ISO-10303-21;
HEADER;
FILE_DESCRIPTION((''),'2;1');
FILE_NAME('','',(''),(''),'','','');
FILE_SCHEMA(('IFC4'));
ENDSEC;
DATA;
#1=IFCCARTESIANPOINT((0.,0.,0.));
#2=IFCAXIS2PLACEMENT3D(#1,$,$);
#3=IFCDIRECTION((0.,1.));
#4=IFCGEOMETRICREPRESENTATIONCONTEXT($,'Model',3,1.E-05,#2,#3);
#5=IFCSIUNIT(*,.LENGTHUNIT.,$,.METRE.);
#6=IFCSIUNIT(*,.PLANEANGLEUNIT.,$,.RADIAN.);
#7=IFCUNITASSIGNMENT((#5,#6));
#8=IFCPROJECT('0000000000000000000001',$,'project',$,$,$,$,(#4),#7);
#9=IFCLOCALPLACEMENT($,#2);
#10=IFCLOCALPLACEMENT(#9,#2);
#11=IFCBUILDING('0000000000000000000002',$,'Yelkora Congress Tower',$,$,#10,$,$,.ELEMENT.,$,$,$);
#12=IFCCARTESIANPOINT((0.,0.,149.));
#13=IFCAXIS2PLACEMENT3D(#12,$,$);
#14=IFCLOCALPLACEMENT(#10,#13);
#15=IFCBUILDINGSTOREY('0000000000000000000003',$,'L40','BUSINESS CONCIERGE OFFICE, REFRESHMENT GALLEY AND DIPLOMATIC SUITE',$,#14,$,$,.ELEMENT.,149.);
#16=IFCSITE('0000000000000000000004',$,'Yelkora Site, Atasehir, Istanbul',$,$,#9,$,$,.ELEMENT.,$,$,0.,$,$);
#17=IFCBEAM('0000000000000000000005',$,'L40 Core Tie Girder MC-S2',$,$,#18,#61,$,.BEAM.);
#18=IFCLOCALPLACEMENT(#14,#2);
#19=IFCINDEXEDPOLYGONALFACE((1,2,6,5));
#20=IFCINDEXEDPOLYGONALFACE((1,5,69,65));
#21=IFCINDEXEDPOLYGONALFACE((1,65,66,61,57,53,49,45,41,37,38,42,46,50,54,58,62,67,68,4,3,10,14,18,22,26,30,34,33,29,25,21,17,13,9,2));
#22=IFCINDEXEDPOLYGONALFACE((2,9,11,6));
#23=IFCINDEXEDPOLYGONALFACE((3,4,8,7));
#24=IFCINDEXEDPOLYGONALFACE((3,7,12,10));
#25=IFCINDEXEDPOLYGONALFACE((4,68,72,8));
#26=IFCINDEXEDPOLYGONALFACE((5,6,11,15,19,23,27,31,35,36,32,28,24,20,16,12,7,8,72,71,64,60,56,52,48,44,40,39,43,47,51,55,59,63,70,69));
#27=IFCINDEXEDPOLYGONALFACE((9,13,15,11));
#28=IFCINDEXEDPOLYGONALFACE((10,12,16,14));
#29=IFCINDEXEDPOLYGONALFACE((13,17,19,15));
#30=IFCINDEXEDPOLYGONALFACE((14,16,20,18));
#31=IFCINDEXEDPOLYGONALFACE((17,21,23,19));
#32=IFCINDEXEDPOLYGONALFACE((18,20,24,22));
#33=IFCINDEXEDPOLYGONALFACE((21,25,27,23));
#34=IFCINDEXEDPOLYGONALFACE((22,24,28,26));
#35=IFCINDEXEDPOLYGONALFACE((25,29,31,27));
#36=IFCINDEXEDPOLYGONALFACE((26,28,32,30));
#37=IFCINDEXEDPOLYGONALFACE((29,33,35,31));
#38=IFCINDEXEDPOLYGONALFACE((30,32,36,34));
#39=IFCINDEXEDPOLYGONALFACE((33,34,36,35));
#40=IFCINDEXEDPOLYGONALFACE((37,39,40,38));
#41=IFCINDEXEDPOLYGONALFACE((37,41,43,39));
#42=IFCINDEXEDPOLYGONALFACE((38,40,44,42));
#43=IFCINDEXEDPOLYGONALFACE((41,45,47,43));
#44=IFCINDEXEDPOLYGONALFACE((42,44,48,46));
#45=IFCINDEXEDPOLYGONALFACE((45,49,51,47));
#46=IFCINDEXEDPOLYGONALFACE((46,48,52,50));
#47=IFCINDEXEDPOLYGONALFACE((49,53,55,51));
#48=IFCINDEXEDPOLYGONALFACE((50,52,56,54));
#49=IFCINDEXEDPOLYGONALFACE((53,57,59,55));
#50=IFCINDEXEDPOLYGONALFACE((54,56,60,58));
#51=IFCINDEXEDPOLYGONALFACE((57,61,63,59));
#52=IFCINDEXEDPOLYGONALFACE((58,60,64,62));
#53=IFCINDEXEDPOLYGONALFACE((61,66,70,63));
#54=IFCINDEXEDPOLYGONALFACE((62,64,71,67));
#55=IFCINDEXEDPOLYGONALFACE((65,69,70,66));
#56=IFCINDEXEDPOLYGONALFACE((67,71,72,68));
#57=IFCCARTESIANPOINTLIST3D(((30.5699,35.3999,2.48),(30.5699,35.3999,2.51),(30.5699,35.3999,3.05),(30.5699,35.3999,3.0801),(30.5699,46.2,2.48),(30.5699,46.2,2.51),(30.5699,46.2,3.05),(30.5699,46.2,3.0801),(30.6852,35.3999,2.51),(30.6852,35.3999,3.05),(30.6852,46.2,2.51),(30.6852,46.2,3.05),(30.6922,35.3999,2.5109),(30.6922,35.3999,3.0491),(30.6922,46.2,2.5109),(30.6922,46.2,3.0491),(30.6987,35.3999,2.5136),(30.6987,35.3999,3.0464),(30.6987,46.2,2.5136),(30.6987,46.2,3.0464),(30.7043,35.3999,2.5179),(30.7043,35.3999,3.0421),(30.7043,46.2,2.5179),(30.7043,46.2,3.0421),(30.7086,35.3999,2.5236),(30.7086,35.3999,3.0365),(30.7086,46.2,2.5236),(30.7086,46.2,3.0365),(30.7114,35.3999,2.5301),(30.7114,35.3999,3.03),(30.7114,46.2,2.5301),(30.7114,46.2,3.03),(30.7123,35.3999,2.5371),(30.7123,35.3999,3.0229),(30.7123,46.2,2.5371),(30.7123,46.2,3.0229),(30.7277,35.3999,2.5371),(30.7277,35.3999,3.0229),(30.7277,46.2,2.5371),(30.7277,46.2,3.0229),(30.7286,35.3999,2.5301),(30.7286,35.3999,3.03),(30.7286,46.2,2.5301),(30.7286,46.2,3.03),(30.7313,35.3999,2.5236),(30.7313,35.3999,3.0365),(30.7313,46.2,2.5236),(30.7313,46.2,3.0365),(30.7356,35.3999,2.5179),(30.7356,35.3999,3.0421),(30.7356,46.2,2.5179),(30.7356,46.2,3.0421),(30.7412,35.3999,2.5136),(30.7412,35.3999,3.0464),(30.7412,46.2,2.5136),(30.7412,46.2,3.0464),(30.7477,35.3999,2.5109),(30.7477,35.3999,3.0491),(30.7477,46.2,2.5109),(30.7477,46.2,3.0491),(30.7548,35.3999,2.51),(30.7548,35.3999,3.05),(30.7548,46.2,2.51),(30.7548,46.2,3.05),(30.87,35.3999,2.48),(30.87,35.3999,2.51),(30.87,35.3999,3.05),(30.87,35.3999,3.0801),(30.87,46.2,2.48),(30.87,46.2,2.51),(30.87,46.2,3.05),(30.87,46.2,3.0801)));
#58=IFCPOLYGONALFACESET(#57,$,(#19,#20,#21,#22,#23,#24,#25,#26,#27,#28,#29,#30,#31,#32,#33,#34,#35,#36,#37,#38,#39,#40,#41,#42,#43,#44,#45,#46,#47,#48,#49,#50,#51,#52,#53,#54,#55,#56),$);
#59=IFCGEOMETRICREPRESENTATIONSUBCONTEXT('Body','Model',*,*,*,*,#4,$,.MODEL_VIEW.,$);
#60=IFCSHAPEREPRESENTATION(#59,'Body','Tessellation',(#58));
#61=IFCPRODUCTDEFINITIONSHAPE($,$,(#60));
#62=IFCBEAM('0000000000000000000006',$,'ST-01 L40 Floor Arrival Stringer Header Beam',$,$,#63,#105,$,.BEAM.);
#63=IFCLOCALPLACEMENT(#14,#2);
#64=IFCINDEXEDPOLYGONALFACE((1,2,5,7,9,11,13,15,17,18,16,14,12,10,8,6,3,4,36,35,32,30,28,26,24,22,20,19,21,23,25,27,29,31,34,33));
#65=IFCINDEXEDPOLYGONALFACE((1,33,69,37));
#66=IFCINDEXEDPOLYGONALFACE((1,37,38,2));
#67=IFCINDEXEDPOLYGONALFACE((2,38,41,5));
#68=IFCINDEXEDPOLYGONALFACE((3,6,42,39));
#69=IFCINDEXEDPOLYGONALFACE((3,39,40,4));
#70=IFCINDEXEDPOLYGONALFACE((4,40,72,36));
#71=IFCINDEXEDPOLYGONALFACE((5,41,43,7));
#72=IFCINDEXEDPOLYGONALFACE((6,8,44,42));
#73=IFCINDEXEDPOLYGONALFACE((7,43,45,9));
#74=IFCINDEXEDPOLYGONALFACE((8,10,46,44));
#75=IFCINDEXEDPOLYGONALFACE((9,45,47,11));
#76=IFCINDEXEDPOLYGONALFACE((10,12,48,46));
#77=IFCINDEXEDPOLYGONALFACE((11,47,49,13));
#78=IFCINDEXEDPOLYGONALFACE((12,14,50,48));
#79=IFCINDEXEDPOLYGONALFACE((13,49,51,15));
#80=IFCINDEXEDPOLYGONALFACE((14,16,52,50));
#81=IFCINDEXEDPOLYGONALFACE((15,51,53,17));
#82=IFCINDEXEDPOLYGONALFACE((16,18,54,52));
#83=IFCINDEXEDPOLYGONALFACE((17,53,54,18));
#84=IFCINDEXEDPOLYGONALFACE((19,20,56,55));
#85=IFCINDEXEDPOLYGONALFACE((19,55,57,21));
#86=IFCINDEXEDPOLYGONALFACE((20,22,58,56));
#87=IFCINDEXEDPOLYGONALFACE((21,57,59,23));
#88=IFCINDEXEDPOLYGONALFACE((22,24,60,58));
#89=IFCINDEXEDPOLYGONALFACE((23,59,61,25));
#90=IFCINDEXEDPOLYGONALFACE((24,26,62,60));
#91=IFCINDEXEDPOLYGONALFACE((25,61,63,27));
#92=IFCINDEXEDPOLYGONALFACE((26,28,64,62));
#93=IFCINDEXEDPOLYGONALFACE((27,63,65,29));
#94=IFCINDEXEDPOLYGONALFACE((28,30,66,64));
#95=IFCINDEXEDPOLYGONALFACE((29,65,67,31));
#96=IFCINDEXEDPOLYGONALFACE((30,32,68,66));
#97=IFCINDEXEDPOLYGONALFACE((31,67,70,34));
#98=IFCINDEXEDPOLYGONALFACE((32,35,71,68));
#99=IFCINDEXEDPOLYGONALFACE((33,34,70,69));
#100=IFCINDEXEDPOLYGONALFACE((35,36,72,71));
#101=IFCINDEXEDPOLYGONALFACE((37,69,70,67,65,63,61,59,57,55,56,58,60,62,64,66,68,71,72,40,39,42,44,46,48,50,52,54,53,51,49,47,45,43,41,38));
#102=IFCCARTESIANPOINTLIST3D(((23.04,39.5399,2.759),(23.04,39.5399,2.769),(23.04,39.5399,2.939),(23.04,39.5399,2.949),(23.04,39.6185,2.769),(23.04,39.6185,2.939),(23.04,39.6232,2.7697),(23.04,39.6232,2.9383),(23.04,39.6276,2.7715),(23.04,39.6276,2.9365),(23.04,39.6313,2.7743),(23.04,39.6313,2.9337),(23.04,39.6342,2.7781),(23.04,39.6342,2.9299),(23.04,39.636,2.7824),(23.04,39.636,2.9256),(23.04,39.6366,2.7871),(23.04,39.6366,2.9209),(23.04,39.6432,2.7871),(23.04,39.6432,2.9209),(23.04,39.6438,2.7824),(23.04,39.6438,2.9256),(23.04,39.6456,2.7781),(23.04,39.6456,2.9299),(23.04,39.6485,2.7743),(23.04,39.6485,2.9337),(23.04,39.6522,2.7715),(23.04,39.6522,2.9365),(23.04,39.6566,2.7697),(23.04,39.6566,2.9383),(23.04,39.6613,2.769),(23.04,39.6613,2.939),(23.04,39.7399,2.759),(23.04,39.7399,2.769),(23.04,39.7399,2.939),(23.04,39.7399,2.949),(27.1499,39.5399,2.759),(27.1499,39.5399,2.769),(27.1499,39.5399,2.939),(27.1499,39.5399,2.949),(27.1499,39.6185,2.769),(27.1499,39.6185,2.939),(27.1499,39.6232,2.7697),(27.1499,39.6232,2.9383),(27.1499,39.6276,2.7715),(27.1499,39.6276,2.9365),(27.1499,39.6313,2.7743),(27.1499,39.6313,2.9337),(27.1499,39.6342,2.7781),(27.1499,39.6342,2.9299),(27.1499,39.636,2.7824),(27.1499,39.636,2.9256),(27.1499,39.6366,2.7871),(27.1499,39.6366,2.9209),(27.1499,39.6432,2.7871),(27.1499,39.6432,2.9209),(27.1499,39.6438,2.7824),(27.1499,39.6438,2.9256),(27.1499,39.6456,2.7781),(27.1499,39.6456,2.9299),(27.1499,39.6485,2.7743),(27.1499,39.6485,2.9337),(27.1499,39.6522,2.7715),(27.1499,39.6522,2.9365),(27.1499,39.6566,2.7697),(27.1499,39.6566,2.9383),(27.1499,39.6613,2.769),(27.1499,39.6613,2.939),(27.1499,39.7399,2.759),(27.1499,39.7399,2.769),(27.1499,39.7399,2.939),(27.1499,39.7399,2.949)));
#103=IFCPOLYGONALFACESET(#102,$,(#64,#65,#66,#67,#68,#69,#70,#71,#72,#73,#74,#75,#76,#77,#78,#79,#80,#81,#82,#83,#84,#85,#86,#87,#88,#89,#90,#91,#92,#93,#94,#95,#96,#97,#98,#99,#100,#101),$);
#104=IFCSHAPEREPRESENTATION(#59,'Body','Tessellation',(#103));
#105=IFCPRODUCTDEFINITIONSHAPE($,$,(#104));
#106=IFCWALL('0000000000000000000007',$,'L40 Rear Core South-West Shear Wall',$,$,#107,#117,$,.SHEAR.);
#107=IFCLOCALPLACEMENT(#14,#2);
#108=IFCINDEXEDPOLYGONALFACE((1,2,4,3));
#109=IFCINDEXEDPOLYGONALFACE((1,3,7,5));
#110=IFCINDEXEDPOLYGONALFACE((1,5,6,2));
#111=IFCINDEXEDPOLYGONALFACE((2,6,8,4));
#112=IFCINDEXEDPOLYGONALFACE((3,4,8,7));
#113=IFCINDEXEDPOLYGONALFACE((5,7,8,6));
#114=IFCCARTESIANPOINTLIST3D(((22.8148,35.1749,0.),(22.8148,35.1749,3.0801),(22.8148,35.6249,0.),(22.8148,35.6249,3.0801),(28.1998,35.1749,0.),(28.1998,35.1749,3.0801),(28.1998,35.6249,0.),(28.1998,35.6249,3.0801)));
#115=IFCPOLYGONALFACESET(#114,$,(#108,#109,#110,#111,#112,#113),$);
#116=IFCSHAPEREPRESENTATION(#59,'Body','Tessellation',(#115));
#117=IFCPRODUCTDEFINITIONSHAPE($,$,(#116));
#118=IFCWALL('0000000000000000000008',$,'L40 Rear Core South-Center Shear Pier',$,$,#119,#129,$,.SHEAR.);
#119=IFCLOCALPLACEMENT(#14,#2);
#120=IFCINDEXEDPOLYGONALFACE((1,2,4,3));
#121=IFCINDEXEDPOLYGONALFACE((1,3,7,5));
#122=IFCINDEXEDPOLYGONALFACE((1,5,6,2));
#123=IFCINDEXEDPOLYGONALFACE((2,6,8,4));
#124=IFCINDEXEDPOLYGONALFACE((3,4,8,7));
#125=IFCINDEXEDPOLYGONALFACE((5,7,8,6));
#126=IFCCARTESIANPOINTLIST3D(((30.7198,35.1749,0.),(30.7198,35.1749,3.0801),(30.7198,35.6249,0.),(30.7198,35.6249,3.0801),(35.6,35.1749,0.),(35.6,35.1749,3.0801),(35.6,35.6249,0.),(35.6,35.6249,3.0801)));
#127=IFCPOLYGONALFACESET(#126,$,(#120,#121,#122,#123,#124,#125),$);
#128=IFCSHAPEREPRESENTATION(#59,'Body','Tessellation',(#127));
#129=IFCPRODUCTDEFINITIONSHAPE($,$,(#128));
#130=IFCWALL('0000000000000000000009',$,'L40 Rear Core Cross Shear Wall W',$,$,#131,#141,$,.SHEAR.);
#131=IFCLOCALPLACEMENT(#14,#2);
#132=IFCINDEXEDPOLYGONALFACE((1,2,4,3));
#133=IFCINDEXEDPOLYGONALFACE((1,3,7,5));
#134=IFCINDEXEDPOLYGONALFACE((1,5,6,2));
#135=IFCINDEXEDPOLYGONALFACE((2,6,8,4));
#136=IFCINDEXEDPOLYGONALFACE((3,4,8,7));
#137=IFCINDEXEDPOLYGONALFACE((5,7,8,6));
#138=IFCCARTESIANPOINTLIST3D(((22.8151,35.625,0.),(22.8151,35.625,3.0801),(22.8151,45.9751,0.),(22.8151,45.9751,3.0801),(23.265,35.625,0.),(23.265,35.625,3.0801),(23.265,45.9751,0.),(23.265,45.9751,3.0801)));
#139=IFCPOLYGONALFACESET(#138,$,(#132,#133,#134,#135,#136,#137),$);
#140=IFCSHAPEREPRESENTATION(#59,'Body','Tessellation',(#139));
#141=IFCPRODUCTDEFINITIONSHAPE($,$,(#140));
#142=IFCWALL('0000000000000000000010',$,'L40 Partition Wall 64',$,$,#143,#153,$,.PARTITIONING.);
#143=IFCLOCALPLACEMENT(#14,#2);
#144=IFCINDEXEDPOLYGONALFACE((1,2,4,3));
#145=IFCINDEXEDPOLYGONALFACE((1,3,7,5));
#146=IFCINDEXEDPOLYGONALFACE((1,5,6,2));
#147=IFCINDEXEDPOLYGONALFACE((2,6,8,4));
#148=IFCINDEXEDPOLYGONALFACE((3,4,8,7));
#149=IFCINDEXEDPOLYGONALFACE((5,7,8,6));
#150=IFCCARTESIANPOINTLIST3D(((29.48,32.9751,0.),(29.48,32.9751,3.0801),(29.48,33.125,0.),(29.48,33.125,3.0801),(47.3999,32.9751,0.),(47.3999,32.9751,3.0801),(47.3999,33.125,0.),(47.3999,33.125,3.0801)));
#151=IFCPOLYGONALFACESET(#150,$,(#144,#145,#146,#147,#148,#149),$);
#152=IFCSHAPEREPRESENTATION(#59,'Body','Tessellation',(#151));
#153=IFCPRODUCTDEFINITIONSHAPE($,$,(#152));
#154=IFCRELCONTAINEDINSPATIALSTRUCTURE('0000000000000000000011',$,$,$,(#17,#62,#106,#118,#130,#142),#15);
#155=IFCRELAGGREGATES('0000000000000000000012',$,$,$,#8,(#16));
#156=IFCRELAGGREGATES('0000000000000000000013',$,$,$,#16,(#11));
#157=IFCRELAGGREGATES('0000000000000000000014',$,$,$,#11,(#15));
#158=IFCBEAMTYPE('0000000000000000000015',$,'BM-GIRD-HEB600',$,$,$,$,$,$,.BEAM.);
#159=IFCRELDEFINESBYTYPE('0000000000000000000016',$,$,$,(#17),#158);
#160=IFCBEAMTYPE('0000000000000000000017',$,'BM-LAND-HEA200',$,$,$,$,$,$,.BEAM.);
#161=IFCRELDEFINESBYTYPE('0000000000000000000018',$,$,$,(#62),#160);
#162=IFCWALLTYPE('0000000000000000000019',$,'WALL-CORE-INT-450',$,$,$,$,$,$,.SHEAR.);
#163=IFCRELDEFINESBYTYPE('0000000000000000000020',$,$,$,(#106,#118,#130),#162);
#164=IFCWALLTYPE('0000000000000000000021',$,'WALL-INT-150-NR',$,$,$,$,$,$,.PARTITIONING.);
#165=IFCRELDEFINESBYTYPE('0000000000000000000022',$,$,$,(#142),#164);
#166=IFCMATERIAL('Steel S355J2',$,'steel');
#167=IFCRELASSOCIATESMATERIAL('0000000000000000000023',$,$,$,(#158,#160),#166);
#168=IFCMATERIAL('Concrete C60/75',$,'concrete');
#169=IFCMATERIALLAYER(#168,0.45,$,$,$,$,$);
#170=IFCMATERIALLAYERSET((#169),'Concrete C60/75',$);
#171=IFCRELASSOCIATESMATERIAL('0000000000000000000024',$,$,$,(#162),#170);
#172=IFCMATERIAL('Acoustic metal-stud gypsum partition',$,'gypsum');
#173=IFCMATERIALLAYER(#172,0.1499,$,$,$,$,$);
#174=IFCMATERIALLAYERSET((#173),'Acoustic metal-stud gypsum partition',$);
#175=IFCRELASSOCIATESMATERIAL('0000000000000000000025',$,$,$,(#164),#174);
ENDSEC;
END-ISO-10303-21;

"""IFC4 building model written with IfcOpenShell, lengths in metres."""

from ifc_helpers import new_model, si_unit, direction, frame, frame_2d, origin, origin_2d, place, context, subcontext, project, spatial, rectangle, i_section, extrude, material, layer, layer_set, material_profile, profile_set, type_object, element, save


model = new_model("IFC4")

# Units and contexts
model_context = context("Model", 3, precision=1e-05, world=origin(), true_north=direction((0.0, 1.0)))
body_context = subcontext(model_context, "Body", "Model", "MODEL_VIEW")
ifc_project = project(units=[si_unit("LENGTHUNIT", "METRE"), si_unit("PLANEANGLEUNIT", "RADIAN")], contexts=[model_context])

# Site, building, storey
site_placement = place(None, origin())
site = spatial("IfcSite", under=ifc_project, at=site_placement, Name="Yelkora Site, Atasehir, Istanbul", CompositionType="ELEMENT", RefElevation=0.0)
building_placement = place(site_placement, origin())
building = spatial("IfcBuilding", under=site, at=building_placement, Name="Yelkora Congress Tower", CompositionType="ELEMENT")
storey_placement = place(building_placement, frame((0.0, 0.0, 149.0)))
storey = spatial("IfcBuildingStorey", under=building, at=storey_placement, Name="L40", Description="BUSINESS CONCIERGE OFFICE, REFRESHMENT GALLEY AND DIPLOMATIC SUITE", CompositionType="ELEMENT", Elevation=149.0)

# Beams
ifc_material_1 = material(Name="Steel S355J2", Category="steel")
ifc_material_profile_1 = material_profile(ifc_material_1, i_section(OverallWidth=0.3, OverallDepth=0.6001, WebThickness=0.0154, FlangeThickness=0.03, FilletRadius=0.0271, at=origin_2d()), Name="HEB 600")
ifc_profile_set_1 = profile_set([ifc_material_profile_1], Name="Steel S355J2")
beam_type_1 = type_object("IfcBeamType", Name="BM-GIRD-HEB600", PredefinedType="BEAM", material=ifc_profile_set_1)
beam_1_placement = place(storey_placement, frame((30.72, 35.3999, 2.78), z_axis=(0.0, 1.0, 0.0), x_axis=(-1.0, 0.0, 0.0)))
element("IfcBeam", 1, at=beam_1_placement, inside=storey, type_object=beam_type_1, Name="L40 Core Tie Girder MC-S2", PredefinedType="BEAM", context=body_context, shape_type="SweptSolid", body=[
    extrude(i_section(OverallWidth=0.3, OverallDepth=0.6001, WebThickness=0.0154, FlangeThickness=0.03, FilletRadius=0.0271, at=origin_2d()), origin(), (0.0, 0.0, 1.0), 10.8),
])
ifc_material_profile_2 = material_profile(ifc_material_1, i_section(OverallWidth=0.2, OverallDepth=0.1899, WebThickness=0.0066, FlangeThickness=0.01, FilletRadius=0.0181, at=origin_2d()), Name="HEA 200")
ifc_profile_set_2 = profile_set([ifc_material_profile_2], Name="Steel S355J2")
beam_type_2 = type_object("IfcBeamType", Name="BM-LAND-HEA200", PredefinedType="BEAM", material=ifc_profile_set_2)
beam_2_placement = place(storey_placement, frame((23.04, 39.6399, 2.854), z_axis=(1.0, 0.0, 0.0), x_axis=(0.0, 1.0, 0.0)))
element("IfcBeam", 2, at=beam_2_placement, inside=storey, type_object=beam_type_2, Name="ST-01 L40 Floor Arrival Stringer Header Beam", PredefinedType="BEAM", context=body_context, shape_type="SweptSolid", body=[
    extrude(i_section(OverallWidth=0.2, OverallDepth=0.1899, WebThickness=0.0066, FlangeThickness=0.01, FilletRadius=0.0181, at=origin_2d()), origin(), (0.0, 0.0, 1.0), 4.1099),
])

# Walls
ifc_material_2 = material(Name="Concrete C60/75", Category="concrete")
ifc_layer_1 = layer(ifc_material_2, 0.45)
ifc_layer_set_1 = layer_set([ifc_layer_1], Name="Concrete C60/75")
wall_type_1 = type_object("IfcWallType", Name="WALL-CORE-INT-450", PredefinedType="SHEAR", material=ifc_layer_set_1)
wall_1_placement = place(storey_placement, frame((22.8149, 35.3999, 0.0), z_axis=(0.0, 0.0, 1.0), x_axis=(1.0, 0.0, 0.0)))
element("IfcWall", 3, at=wall_1_placement, inside=storey, type_object=wall_type_1, Name="L40 Rear Core South-West Shear Wall", PredefinedType="SHEAR", context=body_context, shape_type="SweptSolid", body=[
    extrude(rectangle(XDim=5.385, YDim=0.45, at=frame_2d((2.6924, 0.0))), origin(), (0.0, 0.0, 1.0), 3.0801),
])
wall_2_placement = place(storey_placement, frame((30.72, 35.3999, 0.0), z_axis=(0.0, 0.0, 1.0), x_axis=(1.0, 0.0, 0.0)))
element("IfcWall", 4, at=wall_2_placement, inside=storey, type_object=wall_type_1, Name="L40 Rear Core South-Center Shear Pier", PredefinedType="SHEAR", context=body_context, shape_type="SweptSolid", body=[
    extrude(rectangle(XDim=4.8801, YDim=0.45, at=frame_2d((2.4399, 0.0))), origin(), (0.0, 0.0, 1.0), 3.0801),
])
wall_3_placement = place(storey_placement, frame((23.04, 35.625, 0.0), z_axis=(0.0, 0.0, 1.0), x_axis=(0.0, 1.0, 0.0)))
element("IfcWall", 5, at=wall_3_placement, inside=storey, type_object=wall_type_1, Name="L40 Rear Core Cross Shear Wall W", PredefinedType="SHEAR", context=body_context, shape_type="SweptSolid", body=[
    extrude(rectangle(XDim=10.3501, YDim=0.45, at=frame_2d((5.175, 0.0))), origin(), (0.0, 0.0, 1.0), 3.0801),
])

# Wall
ifc_material_3 = material(Name="Acoustic metal-stud gypsum partition", Category="gypsum")
ifc_layer_2 = layer(ifc_material_3, 0.1499)
ifc_layer_set_2 = layer_set([ifc_layer_2], Name="Acoustic metal-stud gypsum partition")
wall_type_2 = type_object("IfcWallType", Name="WALL-INT-150-NR", PredefinedType="PARTITIONING", material=ifc_layer_set_2)
wall_4_placement = place(storey_placement, frame((29.48, 33.05, 0.0), z_axis=(0.0, 0.0, 1.0), x_axis=(1.0, 0.0, 0.0)))
element("IfcWall", 6, at=wall_4_placement, inside=storey, type_object=wall_type_2, Name="L40 Partition Wall 64", PredefinedType="PARTITIONING", context=body_context, shape_type="SweptSolid", body=[
    extrude(rectangle(XDim=17.9199, YDim=0.1499, at=frame_2d((8.96, 0.0))), origin(), (0.0, 0.0, 1.0), 3.0801),
])

save(model, "model.ifc")
